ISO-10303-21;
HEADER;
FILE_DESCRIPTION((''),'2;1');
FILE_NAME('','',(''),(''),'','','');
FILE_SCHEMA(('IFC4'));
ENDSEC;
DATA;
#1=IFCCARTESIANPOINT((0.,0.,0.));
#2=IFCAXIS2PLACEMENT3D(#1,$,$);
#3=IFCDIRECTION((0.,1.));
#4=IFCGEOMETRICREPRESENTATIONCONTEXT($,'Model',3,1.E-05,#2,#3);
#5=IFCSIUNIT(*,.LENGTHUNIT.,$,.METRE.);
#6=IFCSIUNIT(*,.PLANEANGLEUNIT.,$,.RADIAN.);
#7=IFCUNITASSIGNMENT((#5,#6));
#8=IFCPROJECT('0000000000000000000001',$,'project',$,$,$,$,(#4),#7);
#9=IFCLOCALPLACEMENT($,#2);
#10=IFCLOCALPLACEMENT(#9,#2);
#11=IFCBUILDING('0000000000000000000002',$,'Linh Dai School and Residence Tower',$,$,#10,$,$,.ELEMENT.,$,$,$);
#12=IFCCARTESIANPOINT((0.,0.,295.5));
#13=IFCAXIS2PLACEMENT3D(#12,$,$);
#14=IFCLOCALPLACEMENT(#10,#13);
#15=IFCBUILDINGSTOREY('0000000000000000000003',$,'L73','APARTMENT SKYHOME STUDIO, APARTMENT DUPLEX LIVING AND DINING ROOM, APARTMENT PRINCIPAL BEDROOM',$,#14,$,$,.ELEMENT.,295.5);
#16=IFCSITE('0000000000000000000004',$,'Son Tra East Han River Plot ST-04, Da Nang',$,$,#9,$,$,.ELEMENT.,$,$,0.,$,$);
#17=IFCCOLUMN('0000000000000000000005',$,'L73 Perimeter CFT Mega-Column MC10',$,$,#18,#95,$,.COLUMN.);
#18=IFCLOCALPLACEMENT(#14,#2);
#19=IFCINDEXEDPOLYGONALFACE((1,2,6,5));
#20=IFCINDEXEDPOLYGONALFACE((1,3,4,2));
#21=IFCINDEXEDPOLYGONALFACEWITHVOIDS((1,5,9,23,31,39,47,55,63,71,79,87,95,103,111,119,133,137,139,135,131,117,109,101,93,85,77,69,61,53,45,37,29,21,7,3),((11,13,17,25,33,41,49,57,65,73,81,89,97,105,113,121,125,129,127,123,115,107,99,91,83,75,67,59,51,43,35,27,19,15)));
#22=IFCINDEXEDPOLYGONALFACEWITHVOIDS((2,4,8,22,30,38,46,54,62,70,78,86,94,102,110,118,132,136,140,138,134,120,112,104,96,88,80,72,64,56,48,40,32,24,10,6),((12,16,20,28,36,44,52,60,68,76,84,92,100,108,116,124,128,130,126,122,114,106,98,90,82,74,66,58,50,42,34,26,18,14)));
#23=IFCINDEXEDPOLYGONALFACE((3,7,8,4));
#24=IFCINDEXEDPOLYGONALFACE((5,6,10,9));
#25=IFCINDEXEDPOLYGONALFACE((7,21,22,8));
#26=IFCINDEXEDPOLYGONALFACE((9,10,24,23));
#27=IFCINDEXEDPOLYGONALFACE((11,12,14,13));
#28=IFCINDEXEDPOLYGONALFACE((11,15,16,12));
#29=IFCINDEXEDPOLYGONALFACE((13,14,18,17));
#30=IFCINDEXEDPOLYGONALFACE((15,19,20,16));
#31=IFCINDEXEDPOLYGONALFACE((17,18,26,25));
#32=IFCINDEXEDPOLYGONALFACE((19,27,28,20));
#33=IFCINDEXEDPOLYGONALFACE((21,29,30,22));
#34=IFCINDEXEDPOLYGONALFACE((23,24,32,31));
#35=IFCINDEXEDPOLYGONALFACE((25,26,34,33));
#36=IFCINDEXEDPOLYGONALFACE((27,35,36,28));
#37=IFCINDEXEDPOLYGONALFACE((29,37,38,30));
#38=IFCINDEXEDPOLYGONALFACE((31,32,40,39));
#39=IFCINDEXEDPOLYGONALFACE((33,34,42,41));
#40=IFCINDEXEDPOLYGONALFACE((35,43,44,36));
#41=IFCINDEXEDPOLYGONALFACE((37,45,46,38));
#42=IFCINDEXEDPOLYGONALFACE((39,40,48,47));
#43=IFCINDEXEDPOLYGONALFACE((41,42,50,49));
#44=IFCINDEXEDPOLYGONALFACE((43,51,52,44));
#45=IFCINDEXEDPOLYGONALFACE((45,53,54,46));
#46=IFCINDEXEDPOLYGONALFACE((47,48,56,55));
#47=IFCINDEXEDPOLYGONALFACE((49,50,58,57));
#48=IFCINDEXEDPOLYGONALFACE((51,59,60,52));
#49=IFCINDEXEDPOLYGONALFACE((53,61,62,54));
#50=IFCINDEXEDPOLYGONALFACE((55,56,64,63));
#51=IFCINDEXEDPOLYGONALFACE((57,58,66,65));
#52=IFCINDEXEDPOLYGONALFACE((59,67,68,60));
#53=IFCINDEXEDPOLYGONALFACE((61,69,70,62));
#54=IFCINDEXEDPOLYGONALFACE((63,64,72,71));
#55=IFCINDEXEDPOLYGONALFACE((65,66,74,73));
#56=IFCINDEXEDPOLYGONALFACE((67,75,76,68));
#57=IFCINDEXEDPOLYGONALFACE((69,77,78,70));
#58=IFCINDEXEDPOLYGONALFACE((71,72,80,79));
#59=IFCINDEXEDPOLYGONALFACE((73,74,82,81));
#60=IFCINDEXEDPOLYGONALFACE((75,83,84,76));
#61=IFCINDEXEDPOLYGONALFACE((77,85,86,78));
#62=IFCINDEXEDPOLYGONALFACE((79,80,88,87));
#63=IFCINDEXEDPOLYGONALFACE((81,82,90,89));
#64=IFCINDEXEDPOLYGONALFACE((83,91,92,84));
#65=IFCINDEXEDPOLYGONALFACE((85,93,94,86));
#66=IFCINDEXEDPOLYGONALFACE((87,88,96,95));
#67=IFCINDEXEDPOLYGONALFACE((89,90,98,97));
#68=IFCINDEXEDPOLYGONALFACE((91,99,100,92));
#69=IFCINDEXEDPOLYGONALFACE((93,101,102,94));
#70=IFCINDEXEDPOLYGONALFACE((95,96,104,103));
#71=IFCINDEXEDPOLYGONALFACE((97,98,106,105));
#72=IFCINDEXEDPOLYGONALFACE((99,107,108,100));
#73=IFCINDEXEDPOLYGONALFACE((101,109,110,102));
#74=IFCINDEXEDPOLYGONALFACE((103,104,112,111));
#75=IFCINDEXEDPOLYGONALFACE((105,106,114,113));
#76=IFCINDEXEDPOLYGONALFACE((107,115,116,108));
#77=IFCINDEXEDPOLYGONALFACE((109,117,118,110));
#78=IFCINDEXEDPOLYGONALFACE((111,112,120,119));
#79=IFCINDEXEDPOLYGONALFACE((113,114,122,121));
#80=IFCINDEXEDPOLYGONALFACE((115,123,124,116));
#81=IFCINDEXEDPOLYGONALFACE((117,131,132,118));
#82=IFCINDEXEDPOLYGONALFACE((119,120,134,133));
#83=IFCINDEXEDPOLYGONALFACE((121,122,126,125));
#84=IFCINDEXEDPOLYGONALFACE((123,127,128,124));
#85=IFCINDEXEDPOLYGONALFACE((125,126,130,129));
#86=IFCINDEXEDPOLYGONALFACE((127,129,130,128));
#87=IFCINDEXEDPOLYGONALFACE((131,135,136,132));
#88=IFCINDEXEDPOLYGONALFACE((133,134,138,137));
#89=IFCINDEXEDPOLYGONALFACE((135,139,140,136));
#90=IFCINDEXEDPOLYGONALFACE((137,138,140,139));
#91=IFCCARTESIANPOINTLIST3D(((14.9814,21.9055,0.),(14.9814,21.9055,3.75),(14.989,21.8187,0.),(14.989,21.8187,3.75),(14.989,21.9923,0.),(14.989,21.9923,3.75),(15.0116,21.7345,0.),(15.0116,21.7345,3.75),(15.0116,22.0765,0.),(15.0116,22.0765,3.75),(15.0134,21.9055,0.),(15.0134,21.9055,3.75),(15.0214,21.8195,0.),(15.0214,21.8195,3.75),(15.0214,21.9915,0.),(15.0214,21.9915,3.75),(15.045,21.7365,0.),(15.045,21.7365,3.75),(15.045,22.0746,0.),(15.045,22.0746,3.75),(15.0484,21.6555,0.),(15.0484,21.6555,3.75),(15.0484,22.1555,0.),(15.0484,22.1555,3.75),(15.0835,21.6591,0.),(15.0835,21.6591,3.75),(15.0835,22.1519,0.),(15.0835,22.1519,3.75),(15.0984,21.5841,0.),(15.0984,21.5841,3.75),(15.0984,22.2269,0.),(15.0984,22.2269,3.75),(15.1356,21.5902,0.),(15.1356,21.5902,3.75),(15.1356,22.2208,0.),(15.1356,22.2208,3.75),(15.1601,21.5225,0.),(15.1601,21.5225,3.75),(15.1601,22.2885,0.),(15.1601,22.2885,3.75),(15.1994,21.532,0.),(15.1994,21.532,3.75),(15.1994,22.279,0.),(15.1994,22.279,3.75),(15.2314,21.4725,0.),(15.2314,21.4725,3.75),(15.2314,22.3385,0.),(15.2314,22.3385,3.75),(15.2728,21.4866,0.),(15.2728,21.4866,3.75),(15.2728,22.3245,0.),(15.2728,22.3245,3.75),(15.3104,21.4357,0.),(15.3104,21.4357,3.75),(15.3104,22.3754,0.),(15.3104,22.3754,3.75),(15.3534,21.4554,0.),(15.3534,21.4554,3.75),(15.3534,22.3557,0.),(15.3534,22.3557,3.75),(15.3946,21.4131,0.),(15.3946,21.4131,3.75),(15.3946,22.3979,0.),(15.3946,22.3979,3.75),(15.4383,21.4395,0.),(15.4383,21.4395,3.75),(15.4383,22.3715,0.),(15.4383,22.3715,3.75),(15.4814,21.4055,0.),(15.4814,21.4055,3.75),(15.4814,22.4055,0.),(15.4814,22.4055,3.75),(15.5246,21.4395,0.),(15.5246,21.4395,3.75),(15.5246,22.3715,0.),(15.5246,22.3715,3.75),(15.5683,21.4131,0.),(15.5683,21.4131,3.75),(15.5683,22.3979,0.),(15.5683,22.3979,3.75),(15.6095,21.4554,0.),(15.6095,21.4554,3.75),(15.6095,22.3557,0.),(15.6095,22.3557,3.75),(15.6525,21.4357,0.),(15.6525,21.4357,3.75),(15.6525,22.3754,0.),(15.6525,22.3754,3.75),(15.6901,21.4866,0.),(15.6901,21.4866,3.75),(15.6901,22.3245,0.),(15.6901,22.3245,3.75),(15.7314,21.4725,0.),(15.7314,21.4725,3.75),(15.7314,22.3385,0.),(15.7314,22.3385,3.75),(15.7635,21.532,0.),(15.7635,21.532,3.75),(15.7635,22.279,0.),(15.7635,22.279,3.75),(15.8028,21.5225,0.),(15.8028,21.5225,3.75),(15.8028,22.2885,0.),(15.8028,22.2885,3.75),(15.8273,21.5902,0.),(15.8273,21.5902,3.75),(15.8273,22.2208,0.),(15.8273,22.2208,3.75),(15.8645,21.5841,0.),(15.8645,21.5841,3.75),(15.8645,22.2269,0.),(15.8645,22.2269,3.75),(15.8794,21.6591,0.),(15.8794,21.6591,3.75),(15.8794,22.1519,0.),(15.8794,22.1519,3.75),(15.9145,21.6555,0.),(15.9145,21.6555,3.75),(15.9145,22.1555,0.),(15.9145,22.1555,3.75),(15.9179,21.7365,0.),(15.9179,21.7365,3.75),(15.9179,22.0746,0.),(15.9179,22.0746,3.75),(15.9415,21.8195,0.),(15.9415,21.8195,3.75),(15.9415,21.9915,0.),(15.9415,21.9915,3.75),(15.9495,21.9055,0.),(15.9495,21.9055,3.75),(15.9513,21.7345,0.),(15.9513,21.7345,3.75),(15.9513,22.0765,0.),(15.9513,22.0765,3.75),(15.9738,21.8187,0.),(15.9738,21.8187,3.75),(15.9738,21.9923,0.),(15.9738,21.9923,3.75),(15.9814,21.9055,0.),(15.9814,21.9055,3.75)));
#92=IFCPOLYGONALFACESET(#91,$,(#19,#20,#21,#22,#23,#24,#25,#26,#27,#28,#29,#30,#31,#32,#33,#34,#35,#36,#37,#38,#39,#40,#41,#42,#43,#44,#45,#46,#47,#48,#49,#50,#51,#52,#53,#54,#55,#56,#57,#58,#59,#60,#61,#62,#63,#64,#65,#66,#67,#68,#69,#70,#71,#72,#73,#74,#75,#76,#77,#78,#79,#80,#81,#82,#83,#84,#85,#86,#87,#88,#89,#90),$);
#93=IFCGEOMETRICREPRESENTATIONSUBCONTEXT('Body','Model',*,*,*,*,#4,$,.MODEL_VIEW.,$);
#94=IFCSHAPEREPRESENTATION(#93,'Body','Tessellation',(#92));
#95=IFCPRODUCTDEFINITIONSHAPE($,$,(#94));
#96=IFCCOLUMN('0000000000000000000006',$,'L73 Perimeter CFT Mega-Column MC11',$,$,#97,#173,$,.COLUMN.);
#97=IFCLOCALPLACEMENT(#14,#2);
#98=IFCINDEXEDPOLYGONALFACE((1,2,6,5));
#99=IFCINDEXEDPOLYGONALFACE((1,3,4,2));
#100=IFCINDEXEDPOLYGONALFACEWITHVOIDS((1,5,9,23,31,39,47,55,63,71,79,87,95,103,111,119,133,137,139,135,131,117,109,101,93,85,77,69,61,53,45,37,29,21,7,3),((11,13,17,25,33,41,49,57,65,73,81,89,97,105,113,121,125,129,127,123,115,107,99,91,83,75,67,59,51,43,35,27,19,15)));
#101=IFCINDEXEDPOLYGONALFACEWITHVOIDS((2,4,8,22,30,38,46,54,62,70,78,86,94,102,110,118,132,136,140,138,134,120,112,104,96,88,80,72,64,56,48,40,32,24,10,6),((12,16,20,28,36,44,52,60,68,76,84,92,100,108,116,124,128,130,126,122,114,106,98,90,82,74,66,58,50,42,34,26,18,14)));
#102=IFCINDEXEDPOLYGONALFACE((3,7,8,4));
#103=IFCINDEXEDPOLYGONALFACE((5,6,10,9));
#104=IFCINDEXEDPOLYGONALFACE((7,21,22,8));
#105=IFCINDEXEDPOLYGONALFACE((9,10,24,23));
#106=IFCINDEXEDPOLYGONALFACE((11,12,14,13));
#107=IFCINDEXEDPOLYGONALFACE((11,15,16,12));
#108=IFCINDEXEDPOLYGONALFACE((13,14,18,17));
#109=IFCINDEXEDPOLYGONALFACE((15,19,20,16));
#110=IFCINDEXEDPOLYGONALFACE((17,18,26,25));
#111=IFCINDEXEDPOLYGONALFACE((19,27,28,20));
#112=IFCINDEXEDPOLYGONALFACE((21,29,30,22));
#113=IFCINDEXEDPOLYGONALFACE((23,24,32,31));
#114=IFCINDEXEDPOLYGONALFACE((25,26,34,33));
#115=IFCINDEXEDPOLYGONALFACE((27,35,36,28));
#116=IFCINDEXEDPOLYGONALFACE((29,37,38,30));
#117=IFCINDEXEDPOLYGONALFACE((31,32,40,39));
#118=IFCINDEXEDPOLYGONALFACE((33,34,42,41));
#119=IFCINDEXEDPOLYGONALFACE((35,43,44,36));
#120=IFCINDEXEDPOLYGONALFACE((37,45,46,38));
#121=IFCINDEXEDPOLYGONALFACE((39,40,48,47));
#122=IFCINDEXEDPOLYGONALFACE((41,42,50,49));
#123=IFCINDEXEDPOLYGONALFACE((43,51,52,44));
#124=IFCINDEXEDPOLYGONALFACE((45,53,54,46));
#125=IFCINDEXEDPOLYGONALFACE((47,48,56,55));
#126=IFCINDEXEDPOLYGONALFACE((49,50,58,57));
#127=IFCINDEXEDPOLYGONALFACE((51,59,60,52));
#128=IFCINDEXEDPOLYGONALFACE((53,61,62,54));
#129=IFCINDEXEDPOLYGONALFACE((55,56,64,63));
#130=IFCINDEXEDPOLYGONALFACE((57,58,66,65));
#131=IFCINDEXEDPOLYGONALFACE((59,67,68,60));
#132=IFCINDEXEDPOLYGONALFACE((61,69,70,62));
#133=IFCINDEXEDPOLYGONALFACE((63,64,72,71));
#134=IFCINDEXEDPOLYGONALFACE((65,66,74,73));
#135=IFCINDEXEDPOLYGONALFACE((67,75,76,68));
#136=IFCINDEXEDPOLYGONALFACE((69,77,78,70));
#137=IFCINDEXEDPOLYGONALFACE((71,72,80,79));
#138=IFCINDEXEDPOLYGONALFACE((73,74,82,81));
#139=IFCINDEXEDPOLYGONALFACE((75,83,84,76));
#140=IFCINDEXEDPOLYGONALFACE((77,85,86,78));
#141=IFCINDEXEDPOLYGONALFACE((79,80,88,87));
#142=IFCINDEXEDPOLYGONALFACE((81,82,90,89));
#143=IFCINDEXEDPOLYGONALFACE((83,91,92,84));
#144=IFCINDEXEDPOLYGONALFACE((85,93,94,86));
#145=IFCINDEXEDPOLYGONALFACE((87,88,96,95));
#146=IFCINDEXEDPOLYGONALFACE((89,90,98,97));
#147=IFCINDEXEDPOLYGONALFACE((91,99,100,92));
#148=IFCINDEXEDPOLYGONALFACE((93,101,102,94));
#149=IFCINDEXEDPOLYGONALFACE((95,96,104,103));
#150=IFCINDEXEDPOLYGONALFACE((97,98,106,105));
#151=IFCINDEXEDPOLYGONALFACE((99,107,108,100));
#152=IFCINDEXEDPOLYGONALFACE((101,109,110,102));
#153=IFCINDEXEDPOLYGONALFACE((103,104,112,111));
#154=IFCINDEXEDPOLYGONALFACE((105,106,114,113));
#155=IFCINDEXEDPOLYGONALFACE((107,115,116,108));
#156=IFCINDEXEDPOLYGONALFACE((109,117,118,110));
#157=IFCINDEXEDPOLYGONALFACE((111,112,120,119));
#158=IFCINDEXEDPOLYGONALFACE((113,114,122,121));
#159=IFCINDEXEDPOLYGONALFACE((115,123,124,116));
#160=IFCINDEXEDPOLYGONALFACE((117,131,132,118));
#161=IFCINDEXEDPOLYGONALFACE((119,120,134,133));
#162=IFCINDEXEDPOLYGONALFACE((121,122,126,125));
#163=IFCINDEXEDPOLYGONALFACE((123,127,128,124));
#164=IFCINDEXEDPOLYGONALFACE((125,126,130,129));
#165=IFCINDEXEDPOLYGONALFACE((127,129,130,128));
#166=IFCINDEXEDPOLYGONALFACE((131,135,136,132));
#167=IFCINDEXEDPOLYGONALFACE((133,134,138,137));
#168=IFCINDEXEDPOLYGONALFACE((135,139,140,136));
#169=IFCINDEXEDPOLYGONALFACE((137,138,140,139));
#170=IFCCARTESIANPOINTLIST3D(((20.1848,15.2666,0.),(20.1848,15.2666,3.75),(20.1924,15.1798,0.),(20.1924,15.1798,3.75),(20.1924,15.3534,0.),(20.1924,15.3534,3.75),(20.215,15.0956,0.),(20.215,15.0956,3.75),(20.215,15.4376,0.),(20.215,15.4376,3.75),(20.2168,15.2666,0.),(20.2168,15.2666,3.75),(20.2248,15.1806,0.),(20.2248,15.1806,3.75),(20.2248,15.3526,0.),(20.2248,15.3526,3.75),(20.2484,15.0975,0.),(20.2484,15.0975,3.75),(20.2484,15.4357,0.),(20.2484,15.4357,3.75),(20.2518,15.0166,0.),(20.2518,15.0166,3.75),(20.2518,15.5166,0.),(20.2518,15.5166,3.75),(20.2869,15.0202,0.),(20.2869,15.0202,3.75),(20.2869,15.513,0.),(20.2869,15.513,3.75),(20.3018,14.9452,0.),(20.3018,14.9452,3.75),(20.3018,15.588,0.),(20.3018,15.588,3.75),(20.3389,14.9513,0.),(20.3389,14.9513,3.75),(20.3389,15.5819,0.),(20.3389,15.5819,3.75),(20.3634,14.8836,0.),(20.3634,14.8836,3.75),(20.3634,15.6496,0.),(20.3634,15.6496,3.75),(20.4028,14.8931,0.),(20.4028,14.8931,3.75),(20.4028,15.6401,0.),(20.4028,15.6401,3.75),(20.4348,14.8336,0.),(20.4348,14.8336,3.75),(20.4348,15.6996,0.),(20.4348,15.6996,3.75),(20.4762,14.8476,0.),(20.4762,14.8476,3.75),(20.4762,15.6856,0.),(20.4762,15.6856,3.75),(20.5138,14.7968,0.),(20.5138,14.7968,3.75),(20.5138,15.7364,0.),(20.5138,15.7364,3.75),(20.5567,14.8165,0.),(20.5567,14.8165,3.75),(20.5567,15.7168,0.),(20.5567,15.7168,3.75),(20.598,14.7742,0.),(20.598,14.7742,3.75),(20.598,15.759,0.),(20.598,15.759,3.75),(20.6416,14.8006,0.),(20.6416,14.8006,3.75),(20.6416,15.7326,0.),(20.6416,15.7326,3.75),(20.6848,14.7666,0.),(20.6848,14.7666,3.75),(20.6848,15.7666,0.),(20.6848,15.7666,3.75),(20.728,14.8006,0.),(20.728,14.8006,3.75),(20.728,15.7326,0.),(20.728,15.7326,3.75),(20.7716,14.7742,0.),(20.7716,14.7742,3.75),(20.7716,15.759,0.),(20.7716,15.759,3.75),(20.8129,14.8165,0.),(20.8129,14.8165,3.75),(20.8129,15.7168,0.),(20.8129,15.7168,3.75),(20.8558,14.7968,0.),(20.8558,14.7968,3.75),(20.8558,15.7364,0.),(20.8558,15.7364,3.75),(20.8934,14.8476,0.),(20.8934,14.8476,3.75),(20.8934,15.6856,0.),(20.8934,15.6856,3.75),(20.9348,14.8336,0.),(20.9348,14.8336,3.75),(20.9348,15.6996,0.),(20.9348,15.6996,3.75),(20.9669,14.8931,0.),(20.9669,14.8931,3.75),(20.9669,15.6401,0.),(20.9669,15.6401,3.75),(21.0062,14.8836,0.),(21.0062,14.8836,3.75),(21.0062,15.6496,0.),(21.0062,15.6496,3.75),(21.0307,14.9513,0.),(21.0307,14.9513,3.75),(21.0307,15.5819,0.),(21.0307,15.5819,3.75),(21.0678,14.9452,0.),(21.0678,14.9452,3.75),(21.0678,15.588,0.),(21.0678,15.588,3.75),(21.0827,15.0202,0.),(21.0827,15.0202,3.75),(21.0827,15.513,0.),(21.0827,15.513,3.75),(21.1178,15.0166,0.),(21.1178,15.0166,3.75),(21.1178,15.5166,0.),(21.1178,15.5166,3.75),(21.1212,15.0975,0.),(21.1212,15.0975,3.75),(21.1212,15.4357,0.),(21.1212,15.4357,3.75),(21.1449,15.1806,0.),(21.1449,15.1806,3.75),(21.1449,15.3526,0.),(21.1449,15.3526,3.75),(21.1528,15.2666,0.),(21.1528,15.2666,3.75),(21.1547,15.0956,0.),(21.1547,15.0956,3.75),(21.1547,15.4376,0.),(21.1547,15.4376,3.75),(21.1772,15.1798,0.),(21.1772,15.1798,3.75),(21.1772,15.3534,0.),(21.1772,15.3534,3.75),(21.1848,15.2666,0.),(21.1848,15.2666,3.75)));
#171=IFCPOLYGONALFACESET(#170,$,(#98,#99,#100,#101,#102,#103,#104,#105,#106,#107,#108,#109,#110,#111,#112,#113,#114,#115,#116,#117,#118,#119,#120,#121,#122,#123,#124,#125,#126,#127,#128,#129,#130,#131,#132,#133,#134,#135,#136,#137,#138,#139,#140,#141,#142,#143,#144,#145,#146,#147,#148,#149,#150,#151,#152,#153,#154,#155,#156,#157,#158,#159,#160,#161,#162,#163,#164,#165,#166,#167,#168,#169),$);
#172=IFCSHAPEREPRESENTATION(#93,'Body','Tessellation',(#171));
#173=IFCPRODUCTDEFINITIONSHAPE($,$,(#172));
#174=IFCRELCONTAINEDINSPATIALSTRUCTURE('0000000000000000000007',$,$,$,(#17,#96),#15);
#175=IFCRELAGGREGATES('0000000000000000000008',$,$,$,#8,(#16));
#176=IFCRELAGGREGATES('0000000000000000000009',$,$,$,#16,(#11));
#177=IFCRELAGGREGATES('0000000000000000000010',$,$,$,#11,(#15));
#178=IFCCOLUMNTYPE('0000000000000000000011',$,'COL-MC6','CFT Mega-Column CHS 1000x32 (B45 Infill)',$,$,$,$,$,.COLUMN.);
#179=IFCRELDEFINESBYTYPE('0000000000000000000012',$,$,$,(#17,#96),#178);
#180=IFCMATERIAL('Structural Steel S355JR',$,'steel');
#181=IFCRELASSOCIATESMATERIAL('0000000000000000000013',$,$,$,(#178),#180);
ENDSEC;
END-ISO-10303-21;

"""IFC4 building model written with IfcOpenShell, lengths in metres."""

from ifc_helpers import new_model, si_unit, direction, frame, origin, origin_2d, place, context, subcontext, project, spatial, hollow_circle, extrude, material, material_profile, profile_set, type_object, element, save


model = new_model("IFC4")

# Units and contexts
model_context = context("Model", 3, precision=1e-05, world=origin(), true_north=direction((0.0, 1.0)))
body_context = subcontext(model_context, "Body", "Model", "MODEL_VIEW")
ifc_project = project(units=[si_unit("LENGTHUNIT", "METRE"), si_unit("PLANEANGLEUNIT", "RADIAN")], contexts=[model_context])

# Site, building, storey
site_placement = place(None, origin())
site = spatial("IfcSite", under=ifc_project, at=site_placement, Name="Son Tra East Han River Plot ST-04, Da Nang", CompositionType="ELEMENT", RefElevation=0.0)
building_placement = place(site_placement, origin())
building = spatial("IfcBuilding", under=site, at=building_placement, Name="Linh Dai School and Residence Tower", CompositionType="ELEMENT")
storey_placement = place(building_placement, frame((0.0, 0.0, 295.5)))
storey = spatial("IfcBuildingStorey", under=building, at=storey_placement, Name="L73", Description="APARTMENT SKYHOME STUDIO, APARTMENT DUPLEX LIVING AND DINING ROOM, APARTMENT PRINCIPAL BEDROOM", CompositionType="ELEMENT", Elevation=295.5)

# Columns
ifc_material_1 = material(Name="Structural Steel S355JR", Category="steel")
ifc_material_profile_1 = material_profile(ifc_material_1, hollow_circle(Radius=0.5, WallThickness=0.032, at=origin_2d()), Name="CHS 1000x32")
ifc_profile_set_1 = profile_set([ifc_material_profile_1], Name="Structural Steel S355JR")
column_type = type_object("IfcColumnType", Name="COL-MC6", Description="CFT Mega-Column CHS 1000x32 (B45 Infill)", PredefinedType="COLUMN", material=ifc_profile_set_1)
for number, where, z_axis, x_axis, name in (
    (1, (15.4814, 21.9055, 0.0), (0.0, 0.0, 1.0), (1.0, 0.0, 0.0), "L73 Perimeter CFT Mega-Column MC10"),
    (2, (20.6848, 15.2666, 0.0), (0.0, 0.0, 1.0), (1.0, 0.0, 0.0), "L73 Perimeter CFT Mega-Column MC11"),
):
    element("IfcColumn", number, at=place(storey_placement, frame(where, z_axis=z_axis, x_axis=x_axis)), inside=storey, type_object=column_type, Name=name, PredefinedType="COLUMN", context=body_context, shape_type="SweptSolid", body=[
        extrude(hollow_circle(Radius=0.5, WallThickness=0.032, at=origin_2d()), origin(), (0.0, 0.0, 1.0), 3.75),
    ])

save(model, "model.ifc")
